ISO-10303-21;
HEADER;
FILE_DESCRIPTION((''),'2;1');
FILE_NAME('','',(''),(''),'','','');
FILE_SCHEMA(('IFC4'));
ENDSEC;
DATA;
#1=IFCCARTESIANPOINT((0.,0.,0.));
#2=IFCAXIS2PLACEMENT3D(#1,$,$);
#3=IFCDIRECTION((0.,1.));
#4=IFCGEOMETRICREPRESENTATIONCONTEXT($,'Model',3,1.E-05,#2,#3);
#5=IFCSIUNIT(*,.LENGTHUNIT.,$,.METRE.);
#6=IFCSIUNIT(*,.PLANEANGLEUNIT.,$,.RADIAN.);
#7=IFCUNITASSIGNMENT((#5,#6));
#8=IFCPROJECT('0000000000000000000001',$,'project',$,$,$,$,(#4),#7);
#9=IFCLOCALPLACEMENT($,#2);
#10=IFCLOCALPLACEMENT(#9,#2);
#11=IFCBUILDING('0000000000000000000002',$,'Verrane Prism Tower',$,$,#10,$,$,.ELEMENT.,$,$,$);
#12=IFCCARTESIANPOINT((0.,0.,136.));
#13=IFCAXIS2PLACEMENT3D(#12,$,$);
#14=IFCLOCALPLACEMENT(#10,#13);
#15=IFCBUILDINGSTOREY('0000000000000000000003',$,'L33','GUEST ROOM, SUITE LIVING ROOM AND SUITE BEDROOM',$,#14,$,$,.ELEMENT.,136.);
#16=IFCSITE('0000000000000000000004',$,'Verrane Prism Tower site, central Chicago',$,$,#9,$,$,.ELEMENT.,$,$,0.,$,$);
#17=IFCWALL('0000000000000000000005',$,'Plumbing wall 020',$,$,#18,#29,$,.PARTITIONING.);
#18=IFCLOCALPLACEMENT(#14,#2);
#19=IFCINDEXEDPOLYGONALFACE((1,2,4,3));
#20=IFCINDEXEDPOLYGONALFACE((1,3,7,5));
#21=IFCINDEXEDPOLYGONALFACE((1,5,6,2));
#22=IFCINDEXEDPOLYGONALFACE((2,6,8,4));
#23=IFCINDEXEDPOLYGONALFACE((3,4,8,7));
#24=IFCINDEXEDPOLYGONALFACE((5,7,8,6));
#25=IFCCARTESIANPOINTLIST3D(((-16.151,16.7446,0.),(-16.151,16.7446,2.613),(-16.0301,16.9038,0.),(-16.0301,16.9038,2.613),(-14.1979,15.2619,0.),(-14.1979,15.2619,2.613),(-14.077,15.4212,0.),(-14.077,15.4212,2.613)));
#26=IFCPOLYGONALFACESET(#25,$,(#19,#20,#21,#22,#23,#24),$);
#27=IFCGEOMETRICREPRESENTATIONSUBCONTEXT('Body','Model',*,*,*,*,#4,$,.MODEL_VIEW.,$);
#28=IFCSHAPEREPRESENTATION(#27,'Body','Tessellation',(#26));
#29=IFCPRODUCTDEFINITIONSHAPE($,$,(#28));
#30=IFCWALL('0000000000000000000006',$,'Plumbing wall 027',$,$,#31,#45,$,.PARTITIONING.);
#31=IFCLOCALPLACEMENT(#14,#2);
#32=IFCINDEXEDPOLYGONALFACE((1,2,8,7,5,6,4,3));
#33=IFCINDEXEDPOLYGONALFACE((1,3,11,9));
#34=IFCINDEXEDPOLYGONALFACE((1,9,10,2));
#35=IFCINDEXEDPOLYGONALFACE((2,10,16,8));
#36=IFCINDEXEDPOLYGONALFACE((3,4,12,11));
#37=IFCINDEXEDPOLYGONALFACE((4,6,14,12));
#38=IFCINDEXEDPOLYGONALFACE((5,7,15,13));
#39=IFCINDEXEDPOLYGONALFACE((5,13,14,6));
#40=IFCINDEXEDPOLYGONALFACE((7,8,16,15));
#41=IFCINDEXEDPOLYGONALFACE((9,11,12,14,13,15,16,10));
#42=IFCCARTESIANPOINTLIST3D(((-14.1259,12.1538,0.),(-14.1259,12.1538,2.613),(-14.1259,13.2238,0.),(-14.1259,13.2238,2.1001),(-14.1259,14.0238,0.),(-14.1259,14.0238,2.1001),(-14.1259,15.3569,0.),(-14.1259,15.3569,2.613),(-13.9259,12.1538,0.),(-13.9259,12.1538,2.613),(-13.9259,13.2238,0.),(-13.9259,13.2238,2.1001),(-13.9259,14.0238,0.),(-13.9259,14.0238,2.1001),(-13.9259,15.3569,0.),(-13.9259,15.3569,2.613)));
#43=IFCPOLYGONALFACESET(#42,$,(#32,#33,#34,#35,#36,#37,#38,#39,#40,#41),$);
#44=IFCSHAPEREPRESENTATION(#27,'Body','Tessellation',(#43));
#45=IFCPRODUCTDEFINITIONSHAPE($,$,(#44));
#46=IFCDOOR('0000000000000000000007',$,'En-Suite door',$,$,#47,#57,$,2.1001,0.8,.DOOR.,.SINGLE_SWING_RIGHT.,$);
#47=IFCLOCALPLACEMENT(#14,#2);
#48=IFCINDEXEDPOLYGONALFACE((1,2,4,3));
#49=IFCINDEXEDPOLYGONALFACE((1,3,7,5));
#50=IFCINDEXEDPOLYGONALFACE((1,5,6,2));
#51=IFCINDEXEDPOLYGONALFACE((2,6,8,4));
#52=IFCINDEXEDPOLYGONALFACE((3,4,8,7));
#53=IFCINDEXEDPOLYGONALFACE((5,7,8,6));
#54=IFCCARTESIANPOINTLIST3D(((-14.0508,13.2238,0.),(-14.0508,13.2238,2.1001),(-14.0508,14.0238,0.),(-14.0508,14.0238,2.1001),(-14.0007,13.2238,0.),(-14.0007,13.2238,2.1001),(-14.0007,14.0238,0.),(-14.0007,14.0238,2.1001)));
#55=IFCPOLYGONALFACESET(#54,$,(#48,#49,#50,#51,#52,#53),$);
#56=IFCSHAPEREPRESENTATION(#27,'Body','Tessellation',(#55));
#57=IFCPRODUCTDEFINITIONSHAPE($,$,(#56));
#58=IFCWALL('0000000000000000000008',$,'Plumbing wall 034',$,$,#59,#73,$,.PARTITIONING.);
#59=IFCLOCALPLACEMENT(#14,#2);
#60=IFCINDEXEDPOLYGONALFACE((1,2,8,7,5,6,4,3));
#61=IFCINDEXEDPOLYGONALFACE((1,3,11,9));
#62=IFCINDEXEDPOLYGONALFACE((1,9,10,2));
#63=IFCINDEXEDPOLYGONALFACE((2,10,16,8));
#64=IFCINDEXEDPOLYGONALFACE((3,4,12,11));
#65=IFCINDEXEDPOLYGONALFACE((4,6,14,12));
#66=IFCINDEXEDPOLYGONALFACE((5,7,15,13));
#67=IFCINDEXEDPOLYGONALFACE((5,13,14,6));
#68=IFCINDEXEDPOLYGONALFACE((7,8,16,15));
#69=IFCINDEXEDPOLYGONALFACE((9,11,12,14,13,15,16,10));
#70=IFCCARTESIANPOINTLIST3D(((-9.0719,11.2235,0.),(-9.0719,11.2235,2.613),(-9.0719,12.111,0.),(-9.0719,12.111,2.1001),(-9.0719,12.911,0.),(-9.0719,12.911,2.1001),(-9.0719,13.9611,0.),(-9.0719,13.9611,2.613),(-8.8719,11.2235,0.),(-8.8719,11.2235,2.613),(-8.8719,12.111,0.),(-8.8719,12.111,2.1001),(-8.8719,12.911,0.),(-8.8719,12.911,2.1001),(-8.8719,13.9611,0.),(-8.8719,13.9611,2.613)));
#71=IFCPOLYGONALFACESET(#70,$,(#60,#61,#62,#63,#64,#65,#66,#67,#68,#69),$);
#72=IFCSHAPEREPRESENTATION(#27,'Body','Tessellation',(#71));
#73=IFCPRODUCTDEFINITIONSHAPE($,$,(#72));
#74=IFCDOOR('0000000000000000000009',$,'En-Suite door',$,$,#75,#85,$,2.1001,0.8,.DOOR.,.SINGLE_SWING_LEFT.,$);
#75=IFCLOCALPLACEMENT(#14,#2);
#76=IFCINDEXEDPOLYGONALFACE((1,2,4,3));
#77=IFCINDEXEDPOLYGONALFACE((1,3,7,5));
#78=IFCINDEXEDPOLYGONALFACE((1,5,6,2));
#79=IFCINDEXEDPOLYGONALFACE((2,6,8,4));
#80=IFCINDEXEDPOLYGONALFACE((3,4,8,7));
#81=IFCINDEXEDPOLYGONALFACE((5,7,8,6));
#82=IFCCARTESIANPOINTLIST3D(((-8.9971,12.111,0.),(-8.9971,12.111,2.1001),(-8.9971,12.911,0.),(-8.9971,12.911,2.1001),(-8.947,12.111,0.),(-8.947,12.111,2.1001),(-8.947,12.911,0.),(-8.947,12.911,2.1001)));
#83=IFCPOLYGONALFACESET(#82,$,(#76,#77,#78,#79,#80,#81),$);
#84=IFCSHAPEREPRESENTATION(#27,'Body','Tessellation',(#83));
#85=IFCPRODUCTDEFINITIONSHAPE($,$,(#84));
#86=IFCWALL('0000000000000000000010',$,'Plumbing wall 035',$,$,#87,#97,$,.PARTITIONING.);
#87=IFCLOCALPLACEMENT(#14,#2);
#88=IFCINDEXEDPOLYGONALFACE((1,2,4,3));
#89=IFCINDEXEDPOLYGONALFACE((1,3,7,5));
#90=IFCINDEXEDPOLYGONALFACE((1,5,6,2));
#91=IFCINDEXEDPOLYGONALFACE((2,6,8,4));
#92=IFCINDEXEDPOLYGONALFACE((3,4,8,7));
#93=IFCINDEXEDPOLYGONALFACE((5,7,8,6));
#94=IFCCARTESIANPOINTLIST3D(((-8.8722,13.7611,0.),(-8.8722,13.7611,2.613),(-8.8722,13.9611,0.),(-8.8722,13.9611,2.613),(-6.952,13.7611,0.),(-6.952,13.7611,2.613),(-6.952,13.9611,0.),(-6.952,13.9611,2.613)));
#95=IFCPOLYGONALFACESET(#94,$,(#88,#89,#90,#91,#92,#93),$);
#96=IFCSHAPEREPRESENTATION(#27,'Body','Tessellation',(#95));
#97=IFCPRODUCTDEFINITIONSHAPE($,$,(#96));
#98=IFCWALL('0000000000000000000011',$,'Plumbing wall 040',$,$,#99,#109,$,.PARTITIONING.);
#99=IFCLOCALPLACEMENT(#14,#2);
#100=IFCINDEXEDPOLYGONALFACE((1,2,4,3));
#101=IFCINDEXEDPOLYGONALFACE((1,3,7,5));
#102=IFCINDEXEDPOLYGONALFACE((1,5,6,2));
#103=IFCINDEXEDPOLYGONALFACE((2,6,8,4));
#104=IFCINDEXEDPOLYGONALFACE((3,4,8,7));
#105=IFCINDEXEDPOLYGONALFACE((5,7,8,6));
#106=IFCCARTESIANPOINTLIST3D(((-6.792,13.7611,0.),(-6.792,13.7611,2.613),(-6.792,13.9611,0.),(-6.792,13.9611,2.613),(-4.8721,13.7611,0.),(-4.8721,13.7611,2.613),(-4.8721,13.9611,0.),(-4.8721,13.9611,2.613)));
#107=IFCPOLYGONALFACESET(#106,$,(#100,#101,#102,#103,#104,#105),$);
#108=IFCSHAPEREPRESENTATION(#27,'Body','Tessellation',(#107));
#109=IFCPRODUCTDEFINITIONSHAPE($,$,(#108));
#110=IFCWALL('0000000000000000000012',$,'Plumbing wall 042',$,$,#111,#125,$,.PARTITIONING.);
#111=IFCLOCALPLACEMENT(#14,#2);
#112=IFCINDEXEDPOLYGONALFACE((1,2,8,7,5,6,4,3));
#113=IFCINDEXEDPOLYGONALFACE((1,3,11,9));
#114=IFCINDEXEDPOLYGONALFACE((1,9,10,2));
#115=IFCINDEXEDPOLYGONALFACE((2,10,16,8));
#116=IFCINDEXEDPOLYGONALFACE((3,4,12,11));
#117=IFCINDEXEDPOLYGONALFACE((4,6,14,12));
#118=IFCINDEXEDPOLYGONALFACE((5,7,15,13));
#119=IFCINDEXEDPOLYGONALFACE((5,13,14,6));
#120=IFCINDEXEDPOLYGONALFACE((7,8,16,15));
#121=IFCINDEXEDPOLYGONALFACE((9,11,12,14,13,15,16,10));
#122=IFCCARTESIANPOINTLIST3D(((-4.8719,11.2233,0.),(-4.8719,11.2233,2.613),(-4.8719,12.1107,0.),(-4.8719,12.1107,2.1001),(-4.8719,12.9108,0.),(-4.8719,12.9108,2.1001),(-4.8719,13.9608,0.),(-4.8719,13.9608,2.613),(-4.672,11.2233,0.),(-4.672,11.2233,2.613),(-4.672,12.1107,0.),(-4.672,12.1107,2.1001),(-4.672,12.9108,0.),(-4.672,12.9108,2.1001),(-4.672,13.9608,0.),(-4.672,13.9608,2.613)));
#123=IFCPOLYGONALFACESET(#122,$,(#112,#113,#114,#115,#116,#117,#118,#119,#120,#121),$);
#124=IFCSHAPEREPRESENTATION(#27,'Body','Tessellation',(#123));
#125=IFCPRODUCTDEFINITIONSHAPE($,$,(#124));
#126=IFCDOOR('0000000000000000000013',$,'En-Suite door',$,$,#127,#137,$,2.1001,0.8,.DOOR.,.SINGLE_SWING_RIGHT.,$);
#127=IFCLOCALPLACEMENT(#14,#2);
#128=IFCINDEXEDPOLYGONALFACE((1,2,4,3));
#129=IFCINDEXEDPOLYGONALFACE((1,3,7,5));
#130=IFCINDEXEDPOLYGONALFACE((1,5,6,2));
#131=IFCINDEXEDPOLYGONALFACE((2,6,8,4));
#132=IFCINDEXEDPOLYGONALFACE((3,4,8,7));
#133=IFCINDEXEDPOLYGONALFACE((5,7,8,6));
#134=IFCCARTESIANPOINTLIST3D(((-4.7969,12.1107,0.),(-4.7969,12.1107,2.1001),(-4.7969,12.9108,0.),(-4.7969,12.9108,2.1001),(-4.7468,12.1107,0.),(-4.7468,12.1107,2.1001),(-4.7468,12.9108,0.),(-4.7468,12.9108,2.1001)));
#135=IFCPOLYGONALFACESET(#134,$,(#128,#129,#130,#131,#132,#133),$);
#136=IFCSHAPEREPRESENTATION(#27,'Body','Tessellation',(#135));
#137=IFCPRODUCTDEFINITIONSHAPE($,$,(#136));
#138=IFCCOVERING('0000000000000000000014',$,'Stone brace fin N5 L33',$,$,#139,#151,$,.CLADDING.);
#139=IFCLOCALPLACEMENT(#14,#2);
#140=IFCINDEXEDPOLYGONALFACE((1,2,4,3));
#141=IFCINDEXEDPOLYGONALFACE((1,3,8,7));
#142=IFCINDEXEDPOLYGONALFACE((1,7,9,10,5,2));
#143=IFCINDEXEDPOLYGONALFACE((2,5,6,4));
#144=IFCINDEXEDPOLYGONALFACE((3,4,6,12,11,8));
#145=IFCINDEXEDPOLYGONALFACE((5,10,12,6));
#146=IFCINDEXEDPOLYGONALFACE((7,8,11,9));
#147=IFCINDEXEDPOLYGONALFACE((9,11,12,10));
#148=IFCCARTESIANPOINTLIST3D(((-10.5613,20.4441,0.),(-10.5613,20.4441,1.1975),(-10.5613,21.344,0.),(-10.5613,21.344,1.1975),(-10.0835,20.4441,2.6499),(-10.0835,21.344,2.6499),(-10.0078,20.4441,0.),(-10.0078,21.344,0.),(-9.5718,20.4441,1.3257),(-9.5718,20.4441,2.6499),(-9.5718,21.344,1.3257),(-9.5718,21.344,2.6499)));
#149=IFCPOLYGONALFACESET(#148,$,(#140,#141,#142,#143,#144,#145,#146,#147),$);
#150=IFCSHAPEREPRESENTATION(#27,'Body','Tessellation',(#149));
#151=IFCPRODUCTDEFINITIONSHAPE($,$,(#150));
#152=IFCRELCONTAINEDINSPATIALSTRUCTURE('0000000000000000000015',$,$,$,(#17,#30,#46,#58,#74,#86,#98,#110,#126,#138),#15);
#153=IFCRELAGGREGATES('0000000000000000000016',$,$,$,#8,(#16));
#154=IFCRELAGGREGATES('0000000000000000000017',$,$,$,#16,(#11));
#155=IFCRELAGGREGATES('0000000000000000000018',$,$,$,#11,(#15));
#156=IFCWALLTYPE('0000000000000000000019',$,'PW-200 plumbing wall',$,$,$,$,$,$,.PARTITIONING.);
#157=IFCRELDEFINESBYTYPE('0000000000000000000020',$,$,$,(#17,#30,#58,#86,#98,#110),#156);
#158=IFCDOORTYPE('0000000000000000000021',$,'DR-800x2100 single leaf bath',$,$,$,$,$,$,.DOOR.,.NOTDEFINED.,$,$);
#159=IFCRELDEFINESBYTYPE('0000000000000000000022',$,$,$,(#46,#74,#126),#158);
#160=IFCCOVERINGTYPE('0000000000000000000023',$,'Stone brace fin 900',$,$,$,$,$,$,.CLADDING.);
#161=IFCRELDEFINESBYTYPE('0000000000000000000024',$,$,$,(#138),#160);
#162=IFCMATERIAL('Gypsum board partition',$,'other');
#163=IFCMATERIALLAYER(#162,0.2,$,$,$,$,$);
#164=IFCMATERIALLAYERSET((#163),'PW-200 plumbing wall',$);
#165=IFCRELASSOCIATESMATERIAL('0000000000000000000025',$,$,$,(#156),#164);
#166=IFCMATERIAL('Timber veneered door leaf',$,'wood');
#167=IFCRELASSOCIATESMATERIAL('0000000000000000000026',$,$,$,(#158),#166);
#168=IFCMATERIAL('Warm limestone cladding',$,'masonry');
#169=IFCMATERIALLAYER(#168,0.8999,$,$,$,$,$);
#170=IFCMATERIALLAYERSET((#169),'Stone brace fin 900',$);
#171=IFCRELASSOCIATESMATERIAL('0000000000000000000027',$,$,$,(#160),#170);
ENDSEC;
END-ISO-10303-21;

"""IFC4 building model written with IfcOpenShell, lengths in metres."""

from ifc_helpers import new_model, si_unit, direction, frame, frame_2d, origin, place, context, subcontext, project, spatial, polyline, rectangle, outline, extrude, material, layer, layer_set, type_object, element, fill, save


model = new_model("IFC4")

# Units and contexts
model_context = context("Model", 3, precision=1e-05, world=origin(), true_north=direction((0.0, 1.0)))
body_context = subcontext(model_context, "Body", "Model", "MODEL_VIEW")
ifc_project = project(units=[si_unit("LENGTHUNIT", "METRE"), si_unit("PLANEANGLEUNIT", "RADIAN")], contexts=[model_context])

# Site, building, storey
site_placement = place(None, origin())
site = spatial("IfcSite", under=ifc_project, at=site_placement, Name="Verrane Prism Tower site, central Chicago", CompositionType="ELEMENT", RefElevation=0.0)
building_placement = place(site_placement, origin())
building = spatial("IfcBuilding", under=site, at=building_placement, Name="Verrane Prism Tower", CompositionType="ELEMENT")
storey_placement = place(building_placement, frame((0.0, 0.0, 136.0)))
storey = spatial("IfcBuildingStorey", under=building, at=storey_placement, Name="L33", Description="GUEST ROOM, SUITE LIVING ROOM AND SUITE BEDROOM", CompositionType="ELEMENT", Elevation=136.0)

# Wall
ifc_material_1 = material(Name="Gypsum board partition", Category="other")
ifc_layer_1 = layer(ifc_material_1, 0.2)
ifc_layer_set_1 = layer_set([ifc_layer_1], Name="PW-200 plumbing wall")
wall_type_1 = type_object("IfcWallType", Name="PW-200 plumbing wall", PredefinedType="PARTITIONING", material=ifc_layer_set_1)
wall_1_placement = place(storey_placement, frame((-16.0906, 16.8242, 0.0), z_axis=(0.0, 0.0, 1.0), x_axis=(0.796498, -0.604641, 0.0)))
element("IfcWall", 1, at=wall_1_placement, inside=storey, type_object=wall_type_1, Name="Plumbing wall 020", PredefinedType="PARTITIONING", context=body_context, shape_type="SweptSolid", body=[
    extrude(rectangle(XDim=2.4521, YDim=0.2, at=frame_2d((1.2261, 0.0))), origin(), (0.0, 0.0, 1.0), 2.613),
])

# Walls, openings, doors
wall_2_placement = place(storey_placement, frame((-14.0259, 12.1538, 0.0), z_axis=(0.0, 0.0, 1.0), x_axis=(0.0, 1.0, 0.0)))
wall_2 = element("IfcWall", 2, at=wall_2_placement, inside=storey, type_object=wall_type_1, Name="Plumbing wall 027", PredefinedType="PARTITIONING", context=body_context, shape_type="SweptSolid", body=[
    extrude(rectangle(XDim=3.2031, YDim=0.2, at=frame_2d((1.6016, 0.0))), origin(), (0.0, 0.0, 1.0), 2.613),
])
opening_1_placement = place(wall_2_placement, frame((1.0701, 0.0, 0.0)))
opening_1 = element("IfcOpeningElement", 3, at=opening_1_placement, cuts=wall_2, PredefinedType="OPENING", context=body_context, shape_type="SweptSolid", body=[
    extrude(rectangle(XDim=0.8, YDim=2.1001, at=frame_2d((0.3999, 1.05))), frame((0.0, 0.1099, 0.0), z_axis=(0.0, -1.0, 0.0), x_axis=(1.0, 0.0, 0.0)), (0.0, 0.0, 1.0), 0.22),
])
ifc_material_2 = material(Name="Timber veneered door leaf", Category="wood")
door_type_1 = type_object("IfcDoorType", Name="DR-800x2100 single leaf bath", OperationType="NOTDEFINED", PredefinedType="DOOR", material=ifc_material_2)
door_1_placement = place(opening_1_placement, origin())
door_1 = element("IfcDoor", 4, at=door_1_placement, inside=storey, type_object=door_type_1, Name="En-Suite door", OperationType="SINGLE_SWING_RIGHT", OverallHeight=2.1001, OverallWidth=0.8, PredefinedType="DOOR", context=body_context, shape_type="SweptSolid", body=[
    extrude(rectangle(XDim=0.8, YDim=2.1001, at=frame_2d((0.3999, 1.05))), frame((0.0, 0.0249, 0.0), z_axis=(0.0, -1.0, 0.0), x_axis=(1.0, 0.0, 0.0)), (0.0, 0.0, 1.0), 0.05),
])
fill(opening_1, door_1)
wall_3_placement = place(storey_placement, frame((-8.9719, 13.9609, 0.0), z_axis=(0.0, 0.0, 1.0), x_axis=(0.0, -1.0, 0.0)))
wall_3 = element("IfcWall", 5, at=wall_3_placement, inside=storey, type_object=wall_type_1, Name="Plumbing wall 034", PredefinedType="PARTITIONING", context=body_context, shape_type="SweptSolid", body=[
    extrude(rectangle(XDim=2.7375, YDim=0.2, at=frame_2d((1.3687, 0.0))), origin(), (0.0, 0.0, 1.0), 2.613),
])
opening_2_placement = place(wall_3_placement, frame((1.05, 0.0, 0.0)))
opening_2 = element("IfcOpeningElement", 6, at=opening_2_placement, cuts=wall_3, PredefinedType="OPENING", context=body_context, shape_type="SweptSolid", body=[
    extrude(rectangle(XDim=0.8, YDim=2.1001, at=frame_2d((0.3999, 1.05))), frame((0.0, 0.1099, 0.0), z_axis=(0.0, -1.0, 0.0), x_axis=(1.0, 0.0, 0.0)), (0.0, 0.0, 1.0), 0.22),
])
door_2_placement = place(opening_2_placement, origin())
door_2 = element("IfcDoor", 7, at=door_2_placement, inside=storey, type_object=door_type_1, Name="En-Suite door", OperationType="SINGLE_SWING_LEFT", OverallHeight=2.1001, OverallWidth=0.8, PredefinedType="DOOR", context=body_context, shape_type="SweptSolid", body=[
    extrude(rectangle(XDim=0.8, YDim=2.1001, at=frame_2d((0.3999, 1.05))), frame((0.0, 0.0249, 0.0), z_axis=(0.0, -1.0, 0.0), x_axis=(1.0, 0.0, 0.0)), (0.0, 0.0, 1.0), 0.05),
])
fill(opening_2, door_2)

# Walls
wall_4_placement = place(storey_placement, frame((-8.8721, 13.8611, 0.0), z_axis=(0.0, 0.0, 1.0), x_axis=(1.0, 0.0, 0.0)))
element("IfcWall", 8, at=wall_4_placement, inside=storey, type_object=wall_type_1, Name="Plumbing wall 035", PredefinedType="PARTITIONING", context=body_context, shape_type="SweptSolid", body=[
    extrude(rectangle(XDim=1.9202, YDim=0.2, at=frame_2d((0.96, 0.0))), origin(), (0.0, 0.0, 1.0), 2.613),
])
wall_5_placement = place(storey_placement, frame((-6.792, 13.8611, 0.0), z_axis=(0.0, 0.0, 1.0), x_axis=(1.0, 0.0, 0.0)))
element("IfcWall", 9, at=wall_5_placement, inside=storey, type_object=wall_type_1, Name="Plumbing wall 040", PredefinedType="PARTITIONING", context=body_context, shape_type="SweptSolid", body=[
    extrude(rectangle(XDim=1.9199, YDim=0.2, at=frame_2d((0.96, 0.0))), origin(), (0.0, 0.0, 1.0), 2.613),
])

# Wall, opening, door
wall_6_placement = place(storey_placement, frame((-4.772, 11.2234, 0.0), z_axis=(0.0, 0.0, 1.0), x_axis=(0.0, 1.0, 0.0)))
wall_6 = element("IfcWall", 10, at=wall_6_placement, inside=storey, type_object=wall_type_1, Name="Plumbing wall 042", PredefinedType="PARTITIONING", context=body_context, shape_type="SweptSolid", body=[
    extrude(rectangle(XDim=2.7375, YDim=0.2, at=frame_2d((1.3687, 0.0))), origin(), (0.0, 0.0, 1.0), 2.613),
])
opening_3_placement = place(wall_6_placement, frame((0.8875, 0.0, 0.0)))
opening_3 = element("IfcOpeningElement", 11, at=opening_3_placement, cuts=wall_6, PredefinedType="OPENING", context=body_context, shape_type="SweptSolid", body=[
    extrude(rectangle(XDim=0.8, YDim=2.1001, at=frame_2d((0.3999, 1.05))), frame((0.0, 0.1099, 0.0), z_axis=(0.0, -1.0, 0.0), x_axis=(1.0, 0.0, 0.0)), (0.0, 0.0, 1.0), 0.22),
])
door_3_placement = place(opening_3_placement, origin())
door_3 = element("IfcDoor", 12, at=door_3_placement, inside=storey, type_object=door_type_1, Name="En-Suite door", OperationType="SINGLE_SWING_RIGHT", OverallHeight=2.1001, OverallWidth=0.8, PredefinedType="DOOR", context=body_context, shape_type="SweptSolid", body=[
    extrude(rectangle(XDim=0.8, YDim=2.1001, at=frame_2d((0.3999, 1.05))), frame((0.0, 0.0249, 0.0), z_axis=(0.0, -1.0, 0.0), x_axis=(1.0, 0.0, 0.0)), (0.0, 0.0, 1.0), 0.05),
])
fill(opening_3, door_3)

# Covering
ifc_material_3 = material(Name="Warm limestone cladding", Category="masonry")
ifc_layer_2 = layer(ifc_material_3, 0.8999)
ifc_layer_set_2 = layer_set([ifc_layer_2], Name="Stone brace fin 900")
covering_type = type_object("IfcCoveringType", Name="Stone brace fin 900", PredefinedType="CLADDING", material=ifc_layer_set_2)
covering_placement = place(storey_placement, frame((-10.5613, 20.894, 0.0), z_axis=(0.0, 0.0, 1.0), x_axis=(1.0, 0.0, 0.0)))
element("IfcCovering", 13, at=covering_placement, inside=storey, type_object=covering_type, Name="Stone brace fin N5 L33", PredefinedType="CLADDING", context=body_context, shape_type="SweptSolid", body=[
    extrude(outline(polyline([(0.9895, 2.6499), (0.4778, 2.6499), (0.0, 1.1975), (0.0, 0.0), (0.5535, 0.0), (0.9895, 1.3257), (0.9895, 2.6499)])), frame((0.0, 0.45, 0.0), z_axis=(0.0, -1.0, 0.0), x_axis=(1.0, 0.0, 0.0)), (0.0, 0.0, 1.0), 0.8999),
])

save(model, "model.ifc")
